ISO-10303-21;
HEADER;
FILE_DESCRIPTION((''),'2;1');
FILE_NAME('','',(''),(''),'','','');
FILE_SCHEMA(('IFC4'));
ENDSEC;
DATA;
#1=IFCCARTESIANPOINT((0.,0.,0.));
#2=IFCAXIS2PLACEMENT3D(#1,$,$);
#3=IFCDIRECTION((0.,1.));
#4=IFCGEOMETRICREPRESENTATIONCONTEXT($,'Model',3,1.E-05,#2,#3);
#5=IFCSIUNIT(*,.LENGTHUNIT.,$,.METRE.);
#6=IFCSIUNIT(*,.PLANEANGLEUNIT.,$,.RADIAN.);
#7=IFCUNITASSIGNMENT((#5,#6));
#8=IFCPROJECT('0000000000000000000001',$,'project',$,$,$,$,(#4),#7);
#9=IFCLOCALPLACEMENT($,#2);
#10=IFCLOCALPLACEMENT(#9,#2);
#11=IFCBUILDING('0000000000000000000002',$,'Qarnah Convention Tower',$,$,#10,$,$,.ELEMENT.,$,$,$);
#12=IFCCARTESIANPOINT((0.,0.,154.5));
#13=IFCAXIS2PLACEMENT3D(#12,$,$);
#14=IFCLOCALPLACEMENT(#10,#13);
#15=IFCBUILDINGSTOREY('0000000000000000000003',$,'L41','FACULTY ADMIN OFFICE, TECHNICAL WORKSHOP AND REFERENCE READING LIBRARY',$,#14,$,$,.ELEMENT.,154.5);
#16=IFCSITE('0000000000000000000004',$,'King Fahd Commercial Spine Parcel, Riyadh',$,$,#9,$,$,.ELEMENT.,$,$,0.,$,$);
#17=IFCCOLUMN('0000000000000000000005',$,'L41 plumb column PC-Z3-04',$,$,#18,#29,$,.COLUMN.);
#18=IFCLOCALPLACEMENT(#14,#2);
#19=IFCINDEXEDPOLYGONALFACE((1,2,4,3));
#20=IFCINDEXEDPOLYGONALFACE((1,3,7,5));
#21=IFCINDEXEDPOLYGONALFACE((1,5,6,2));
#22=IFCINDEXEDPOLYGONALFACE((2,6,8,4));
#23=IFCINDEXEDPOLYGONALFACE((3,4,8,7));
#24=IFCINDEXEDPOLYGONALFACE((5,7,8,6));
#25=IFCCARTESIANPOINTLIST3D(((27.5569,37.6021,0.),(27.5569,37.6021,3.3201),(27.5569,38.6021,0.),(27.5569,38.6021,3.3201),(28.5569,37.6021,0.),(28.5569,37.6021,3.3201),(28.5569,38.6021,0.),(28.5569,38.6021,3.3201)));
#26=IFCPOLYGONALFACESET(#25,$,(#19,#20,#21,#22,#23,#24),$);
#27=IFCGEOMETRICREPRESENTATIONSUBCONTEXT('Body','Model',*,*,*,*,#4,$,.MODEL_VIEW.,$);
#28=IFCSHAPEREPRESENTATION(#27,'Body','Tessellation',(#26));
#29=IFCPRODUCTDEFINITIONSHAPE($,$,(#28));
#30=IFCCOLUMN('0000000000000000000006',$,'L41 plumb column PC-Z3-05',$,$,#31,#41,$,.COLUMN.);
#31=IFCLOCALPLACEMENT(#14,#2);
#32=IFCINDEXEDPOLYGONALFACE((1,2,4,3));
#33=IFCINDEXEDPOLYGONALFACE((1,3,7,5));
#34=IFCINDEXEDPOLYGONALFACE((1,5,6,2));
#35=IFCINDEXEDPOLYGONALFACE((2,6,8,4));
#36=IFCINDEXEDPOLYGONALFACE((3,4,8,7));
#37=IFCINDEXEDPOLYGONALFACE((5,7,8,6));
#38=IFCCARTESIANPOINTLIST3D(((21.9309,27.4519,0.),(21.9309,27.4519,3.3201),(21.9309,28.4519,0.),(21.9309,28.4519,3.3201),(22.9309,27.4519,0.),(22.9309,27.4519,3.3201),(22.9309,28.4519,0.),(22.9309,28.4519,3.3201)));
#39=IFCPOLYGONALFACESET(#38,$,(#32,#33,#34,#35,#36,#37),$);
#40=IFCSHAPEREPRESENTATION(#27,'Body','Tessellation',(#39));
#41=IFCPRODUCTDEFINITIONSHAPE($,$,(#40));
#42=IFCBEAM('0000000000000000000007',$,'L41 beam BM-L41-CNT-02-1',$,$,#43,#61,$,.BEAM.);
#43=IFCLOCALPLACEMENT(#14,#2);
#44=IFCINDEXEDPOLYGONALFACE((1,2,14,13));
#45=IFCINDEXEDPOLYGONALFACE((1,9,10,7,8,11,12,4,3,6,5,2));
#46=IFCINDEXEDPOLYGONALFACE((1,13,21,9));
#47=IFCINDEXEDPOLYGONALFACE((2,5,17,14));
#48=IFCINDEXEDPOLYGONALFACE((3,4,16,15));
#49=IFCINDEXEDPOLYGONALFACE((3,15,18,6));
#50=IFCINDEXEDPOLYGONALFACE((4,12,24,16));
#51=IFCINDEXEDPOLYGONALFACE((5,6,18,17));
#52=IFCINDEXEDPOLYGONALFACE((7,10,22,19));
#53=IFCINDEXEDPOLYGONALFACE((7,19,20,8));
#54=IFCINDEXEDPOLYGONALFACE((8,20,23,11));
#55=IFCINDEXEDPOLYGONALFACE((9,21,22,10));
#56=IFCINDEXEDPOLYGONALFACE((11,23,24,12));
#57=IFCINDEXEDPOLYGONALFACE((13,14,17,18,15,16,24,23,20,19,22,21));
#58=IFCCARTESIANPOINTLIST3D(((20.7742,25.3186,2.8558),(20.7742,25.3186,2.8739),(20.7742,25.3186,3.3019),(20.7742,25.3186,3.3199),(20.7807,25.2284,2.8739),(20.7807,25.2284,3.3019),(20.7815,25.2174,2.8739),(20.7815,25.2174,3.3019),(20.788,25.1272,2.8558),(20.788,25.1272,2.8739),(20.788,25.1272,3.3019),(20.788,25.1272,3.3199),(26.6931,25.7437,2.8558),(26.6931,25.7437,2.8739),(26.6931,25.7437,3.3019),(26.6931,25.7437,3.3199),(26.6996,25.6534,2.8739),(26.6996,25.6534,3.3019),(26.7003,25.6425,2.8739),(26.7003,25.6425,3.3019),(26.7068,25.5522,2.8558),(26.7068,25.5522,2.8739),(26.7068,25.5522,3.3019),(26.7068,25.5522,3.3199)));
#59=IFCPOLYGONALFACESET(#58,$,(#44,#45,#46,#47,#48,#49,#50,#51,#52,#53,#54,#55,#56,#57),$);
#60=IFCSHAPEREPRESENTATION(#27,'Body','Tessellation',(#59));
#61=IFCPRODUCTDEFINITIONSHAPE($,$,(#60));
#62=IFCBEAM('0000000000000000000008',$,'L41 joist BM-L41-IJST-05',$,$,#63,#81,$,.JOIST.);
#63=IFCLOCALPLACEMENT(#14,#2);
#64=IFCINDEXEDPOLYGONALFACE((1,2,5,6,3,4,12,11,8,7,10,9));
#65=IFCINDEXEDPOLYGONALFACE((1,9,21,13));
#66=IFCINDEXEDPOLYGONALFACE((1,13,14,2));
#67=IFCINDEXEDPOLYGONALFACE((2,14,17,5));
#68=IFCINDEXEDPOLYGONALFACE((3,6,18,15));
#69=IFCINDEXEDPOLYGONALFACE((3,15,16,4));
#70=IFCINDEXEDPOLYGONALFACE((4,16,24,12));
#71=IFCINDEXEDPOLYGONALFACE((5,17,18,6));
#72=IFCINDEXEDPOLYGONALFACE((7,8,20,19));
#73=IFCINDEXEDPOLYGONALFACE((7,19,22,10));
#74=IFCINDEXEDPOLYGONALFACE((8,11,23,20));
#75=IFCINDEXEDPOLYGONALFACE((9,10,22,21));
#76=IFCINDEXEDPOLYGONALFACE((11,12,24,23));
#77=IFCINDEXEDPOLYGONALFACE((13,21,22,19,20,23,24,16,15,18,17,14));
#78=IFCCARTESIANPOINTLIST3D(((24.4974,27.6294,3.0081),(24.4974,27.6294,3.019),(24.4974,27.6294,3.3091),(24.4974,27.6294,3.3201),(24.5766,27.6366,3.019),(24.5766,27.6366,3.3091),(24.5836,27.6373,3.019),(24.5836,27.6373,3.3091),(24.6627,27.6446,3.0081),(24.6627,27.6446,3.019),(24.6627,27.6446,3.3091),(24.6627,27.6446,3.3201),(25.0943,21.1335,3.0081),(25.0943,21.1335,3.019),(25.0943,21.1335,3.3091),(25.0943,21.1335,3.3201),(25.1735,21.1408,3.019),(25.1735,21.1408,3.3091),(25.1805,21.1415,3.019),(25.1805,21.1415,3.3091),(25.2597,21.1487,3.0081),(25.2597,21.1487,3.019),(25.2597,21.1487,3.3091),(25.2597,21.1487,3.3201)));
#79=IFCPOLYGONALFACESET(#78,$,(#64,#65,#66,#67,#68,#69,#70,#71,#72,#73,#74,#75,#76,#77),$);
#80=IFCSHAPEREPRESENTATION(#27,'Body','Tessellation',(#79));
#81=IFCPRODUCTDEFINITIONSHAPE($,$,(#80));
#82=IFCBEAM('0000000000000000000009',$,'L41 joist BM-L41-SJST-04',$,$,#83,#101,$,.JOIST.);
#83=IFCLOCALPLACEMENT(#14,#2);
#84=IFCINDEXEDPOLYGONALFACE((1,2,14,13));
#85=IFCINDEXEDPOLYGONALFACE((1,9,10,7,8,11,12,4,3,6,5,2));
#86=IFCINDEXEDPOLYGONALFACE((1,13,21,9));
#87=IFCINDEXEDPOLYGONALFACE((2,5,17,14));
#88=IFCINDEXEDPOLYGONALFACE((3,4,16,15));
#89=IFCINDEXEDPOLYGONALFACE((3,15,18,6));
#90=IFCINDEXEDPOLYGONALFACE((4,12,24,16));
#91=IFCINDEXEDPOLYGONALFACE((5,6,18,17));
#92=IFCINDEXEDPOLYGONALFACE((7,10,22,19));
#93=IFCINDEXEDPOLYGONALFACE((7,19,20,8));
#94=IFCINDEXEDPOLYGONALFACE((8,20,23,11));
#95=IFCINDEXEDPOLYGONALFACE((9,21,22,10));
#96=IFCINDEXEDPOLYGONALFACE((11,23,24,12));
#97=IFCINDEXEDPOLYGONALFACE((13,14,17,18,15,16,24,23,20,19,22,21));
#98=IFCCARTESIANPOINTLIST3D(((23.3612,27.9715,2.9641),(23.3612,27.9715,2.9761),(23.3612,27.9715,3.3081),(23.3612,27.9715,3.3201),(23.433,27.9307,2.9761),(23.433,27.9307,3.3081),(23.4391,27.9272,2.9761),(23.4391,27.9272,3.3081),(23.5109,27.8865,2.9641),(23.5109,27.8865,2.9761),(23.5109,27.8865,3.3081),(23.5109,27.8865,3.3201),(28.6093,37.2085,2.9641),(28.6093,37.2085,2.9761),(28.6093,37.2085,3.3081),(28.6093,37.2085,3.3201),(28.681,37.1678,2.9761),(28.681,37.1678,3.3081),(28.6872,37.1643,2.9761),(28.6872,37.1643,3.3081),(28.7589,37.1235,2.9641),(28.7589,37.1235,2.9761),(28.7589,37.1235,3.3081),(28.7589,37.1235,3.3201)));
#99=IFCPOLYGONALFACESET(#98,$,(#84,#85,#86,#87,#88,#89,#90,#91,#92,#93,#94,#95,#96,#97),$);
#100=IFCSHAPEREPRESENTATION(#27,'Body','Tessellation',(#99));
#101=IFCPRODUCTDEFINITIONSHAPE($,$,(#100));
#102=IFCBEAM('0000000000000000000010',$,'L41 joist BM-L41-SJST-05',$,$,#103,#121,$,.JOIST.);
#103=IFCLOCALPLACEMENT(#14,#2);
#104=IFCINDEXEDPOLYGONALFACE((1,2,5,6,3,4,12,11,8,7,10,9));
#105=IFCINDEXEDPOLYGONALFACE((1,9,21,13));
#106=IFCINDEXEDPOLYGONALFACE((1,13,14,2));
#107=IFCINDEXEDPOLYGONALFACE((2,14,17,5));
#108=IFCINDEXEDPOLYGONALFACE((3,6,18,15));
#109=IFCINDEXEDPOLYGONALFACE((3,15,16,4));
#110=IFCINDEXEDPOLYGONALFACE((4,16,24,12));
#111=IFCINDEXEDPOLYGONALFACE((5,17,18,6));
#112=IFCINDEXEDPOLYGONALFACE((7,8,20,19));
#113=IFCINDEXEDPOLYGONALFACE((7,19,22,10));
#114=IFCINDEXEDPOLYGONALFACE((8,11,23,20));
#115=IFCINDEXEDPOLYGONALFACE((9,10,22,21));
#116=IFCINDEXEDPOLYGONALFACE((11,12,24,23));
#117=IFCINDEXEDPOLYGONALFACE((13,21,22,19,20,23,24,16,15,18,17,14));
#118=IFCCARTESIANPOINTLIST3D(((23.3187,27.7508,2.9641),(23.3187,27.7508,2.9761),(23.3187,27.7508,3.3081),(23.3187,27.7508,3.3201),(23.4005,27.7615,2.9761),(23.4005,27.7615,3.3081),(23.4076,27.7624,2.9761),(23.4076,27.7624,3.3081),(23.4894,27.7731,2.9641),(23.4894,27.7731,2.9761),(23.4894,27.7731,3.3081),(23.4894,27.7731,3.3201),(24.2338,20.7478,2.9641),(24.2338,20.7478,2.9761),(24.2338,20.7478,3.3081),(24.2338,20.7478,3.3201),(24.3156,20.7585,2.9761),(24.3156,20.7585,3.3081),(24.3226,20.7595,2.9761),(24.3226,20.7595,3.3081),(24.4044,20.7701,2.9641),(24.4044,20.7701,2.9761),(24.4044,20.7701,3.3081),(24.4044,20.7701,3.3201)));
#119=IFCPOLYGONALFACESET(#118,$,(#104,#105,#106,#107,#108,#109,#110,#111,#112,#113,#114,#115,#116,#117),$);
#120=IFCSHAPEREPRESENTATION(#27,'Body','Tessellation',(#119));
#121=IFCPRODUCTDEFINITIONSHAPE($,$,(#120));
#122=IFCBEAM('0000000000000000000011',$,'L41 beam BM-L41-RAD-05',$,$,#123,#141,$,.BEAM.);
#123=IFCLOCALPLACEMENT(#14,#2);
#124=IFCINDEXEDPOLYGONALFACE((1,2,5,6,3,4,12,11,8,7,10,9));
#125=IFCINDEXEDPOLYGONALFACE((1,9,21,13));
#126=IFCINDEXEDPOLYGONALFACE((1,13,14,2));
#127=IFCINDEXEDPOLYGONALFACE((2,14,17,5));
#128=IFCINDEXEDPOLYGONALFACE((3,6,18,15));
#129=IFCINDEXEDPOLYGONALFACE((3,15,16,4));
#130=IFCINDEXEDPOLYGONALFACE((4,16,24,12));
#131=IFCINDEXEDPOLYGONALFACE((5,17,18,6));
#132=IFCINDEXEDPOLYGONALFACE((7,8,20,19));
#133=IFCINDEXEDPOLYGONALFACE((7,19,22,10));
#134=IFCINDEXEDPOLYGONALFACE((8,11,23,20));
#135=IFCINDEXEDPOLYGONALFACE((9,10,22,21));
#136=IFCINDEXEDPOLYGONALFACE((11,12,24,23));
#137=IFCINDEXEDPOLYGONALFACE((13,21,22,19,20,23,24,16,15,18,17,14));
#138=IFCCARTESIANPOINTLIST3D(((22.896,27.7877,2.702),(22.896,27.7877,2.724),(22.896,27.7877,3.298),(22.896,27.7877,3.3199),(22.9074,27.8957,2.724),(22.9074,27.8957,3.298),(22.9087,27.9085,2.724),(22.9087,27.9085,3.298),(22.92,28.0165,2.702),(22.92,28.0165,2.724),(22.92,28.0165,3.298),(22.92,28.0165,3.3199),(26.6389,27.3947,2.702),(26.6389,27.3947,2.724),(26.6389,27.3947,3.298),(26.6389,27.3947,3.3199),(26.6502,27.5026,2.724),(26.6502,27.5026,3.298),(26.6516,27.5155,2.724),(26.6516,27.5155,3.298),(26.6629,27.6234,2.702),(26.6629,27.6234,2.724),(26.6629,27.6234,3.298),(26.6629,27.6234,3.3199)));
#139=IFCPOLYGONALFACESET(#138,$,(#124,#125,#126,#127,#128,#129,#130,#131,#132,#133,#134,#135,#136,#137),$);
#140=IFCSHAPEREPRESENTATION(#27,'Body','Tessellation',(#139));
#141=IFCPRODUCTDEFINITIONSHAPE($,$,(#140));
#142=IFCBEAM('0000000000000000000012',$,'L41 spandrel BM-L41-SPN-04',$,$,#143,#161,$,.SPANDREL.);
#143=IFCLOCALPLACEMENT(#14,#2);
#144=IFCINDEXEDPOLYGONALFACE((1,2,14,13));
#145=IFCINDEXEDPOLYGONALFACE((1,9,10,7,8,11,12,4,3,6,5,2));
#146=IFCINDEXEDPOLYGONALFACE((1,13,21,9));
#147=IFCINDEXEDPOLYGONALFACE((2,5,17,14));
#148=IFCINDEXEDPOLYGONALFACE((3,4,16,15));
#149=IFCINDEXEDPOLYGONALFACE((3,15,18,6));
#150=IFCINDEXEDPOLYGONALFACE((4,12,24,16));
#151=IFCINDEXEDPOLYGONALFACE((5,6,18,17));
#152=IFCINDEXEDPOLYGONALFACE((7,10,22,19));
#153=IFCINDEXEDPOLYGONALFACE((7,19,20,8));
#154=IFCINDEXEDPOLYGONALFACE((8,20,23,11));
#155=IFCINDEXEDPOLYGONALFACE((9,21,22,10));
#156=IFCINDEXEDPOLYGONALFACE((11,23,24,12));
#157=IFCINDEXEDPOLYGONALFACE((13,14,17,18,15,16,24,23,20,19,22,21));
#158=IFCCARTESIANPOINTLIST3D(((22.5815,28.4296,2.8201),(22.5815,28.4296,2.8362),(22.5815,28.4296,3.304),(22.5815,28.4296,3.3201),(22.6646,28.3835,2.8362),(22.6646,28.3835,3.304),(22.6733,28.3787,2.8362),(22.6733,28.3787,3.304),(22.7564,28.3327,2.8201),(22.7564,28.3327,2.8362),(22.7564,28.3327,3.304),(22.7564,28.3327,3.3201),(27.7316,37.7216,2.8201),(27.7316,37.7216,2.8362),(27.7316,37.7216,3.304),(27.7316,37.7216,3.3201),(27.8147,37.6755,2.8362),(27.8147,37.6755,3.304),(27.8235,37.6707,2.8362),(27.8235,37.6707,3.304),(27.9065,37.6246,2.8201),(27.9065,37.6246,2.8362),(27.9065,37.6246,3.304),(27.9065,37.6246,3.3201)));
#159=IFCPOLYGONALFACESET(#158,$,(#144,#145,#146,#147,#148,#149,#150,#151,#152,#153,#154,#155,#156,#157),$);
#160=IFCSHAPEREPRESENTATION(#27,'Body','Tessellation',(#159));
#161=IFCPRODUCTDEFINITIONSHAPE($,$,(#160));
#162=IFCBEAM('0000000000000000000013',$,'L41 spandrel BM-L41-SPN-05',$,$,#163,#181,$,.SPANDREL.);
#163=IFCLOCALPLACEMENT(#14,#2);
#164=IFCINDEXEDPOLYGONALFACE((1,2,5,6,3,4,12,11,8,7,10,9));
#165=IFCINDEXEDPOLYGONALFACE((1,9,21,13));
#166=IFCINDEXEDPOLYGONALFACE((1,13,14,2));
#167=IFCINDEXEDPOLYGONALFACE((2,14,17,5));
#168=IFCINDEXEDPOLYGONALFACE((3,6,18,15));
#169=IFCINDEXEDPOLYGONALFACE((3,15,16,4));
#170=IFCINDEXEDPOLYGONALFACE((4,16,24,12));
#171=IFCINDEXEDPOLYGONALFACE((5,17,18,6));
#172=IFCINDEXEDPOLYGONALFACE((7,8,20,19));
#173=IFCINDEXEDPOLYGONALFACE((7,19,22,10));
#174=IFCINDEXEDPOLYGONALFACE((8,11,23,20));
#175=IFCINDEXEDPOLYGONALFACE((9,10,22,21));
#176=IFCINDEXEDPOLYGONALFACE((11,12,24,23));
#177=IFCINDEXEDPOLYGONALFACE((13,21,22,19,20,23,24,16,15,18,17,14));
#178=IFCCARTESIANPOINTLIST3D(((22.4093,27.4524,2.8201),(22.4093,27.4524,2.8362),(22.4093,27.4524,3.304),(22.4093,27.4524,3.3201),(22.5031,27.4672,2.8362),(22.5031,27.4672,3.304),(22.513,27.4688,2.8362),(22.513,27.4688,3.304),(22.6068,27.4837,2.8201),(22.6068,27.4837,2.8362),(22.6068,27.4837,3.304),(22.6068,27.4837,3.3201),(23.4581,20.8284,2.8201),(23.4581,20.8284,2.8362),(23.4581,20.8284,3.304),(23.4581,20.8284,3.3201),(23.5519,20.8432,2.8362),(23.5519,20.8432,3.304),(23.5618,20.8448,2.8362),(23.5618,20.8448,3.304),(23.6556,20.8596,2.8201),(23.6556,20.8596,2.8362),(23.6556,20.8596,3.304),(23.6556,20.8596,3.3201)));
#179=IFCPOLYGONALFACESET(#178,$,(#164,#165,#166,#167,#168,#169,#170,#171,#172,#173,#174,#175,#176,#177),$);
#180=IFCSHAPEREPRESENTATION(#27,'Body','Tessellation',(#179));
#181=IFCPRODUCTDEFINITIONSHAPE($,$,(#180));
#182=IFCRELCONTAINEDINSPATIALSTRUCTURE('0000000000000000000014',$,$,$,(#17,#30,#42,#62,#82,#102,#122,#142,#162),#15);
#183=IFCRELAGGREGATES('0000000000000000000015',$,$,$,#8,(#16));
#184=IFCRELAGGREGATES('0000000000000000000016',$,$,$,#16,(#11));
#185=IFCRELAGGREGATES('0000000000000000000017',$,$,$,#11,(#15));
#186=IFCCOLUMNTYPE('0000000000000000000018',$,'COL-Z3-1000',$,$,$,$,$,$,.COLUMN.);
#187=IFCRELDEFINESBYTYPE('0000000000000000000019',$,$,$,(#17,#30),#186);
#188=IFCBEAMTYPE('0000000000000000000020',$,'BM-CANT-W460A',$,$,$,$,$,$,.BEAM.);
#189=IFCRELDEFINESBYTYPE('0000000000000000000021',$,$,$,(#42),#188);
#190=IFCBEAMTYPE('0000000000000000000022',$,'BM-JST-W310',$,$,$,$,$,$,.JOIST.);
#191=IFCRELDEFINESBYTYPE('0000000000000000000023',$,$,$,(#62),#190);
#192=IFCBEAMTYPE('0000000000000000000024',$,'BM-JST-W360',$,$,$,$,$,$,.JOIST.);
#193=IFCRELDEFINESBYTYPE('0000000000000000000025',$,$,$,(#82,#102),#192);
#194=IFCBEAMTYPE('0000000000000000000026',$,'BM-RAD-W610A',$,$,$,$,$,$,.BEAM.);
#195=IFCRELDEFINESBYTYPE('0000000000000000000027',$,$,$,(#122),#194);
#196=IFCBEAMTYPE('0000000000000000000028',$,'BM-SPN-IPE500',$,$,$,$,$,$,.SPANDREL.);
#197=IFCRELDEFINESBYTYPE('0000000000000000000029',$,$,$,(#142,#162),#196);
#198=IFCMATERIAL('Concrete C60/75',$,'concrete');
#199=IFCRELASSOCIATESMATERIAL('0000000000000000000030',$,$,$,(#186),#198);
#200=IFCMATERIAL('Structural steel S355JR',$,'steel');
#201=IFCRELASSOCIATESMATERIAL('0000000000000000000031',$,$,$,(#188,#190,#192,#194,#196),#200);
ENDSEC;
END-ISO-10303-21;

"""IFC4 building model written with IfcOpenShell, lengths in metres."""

from ifc_helpers import new_model, si_unit, direction, frame, origin, origin_2d, place, context, subcontext, project, spatial, rectangle, i_section, extrude, material, material_profile, profile_set, type_object, element, save


model = new_model("IFC4")

# Units and contexts
model_context = context("Model", 3, precision=1e-05, world=origin(), true_north=direction((0.0, 1.0)))
body_context = subcontext(model_context, "Body", "Model", "MODEL_VIEW")
ifc_project = project(units=[si_unit("LENGTHUNIT", "METRE"), si_unit("PLANEANGLEUNIT", "RADIAN")], contexts=[model_context])

# Site, building, storey
site_placement = place(None, origin())
site = spatial("IfcSite", under=ifc_project, at=site_placement, Name="King Fahd Commercial Spine Parcel, Riyadh", CompositionType="ELEMENT", RefElevation=0.0)
building_placement = place(site_placement, origin())
building = spatial("IfcBuilding", under=site, at=building_placement, Name="Qarnah Convention Tower", CompositionType="ELEMENT")
storey_placement = place(building_placement, frame((0.0, 0.0, 154.5)))
storey = spatial("IfcBuildingStorey", under=building, at=storey_placement, Name="L41", Description="FACULTY ADMIN OFFICE, TECHNICAL WORKSHOP AND REFERENCE READING LIBRARY", CompositionType="ELEMENT", Elevation=154.5)

# Columns
ifc_material_1 = material(Name="Concrete C60/75", Category="concrete")
ifc_material_profile_1 = material_profile(ifc_material_1, rectangle(XDim=1.0, YDim=1.0, at=origin_2d()), Name="RC-COL-1000X1000")
ifc_profile_set_1 = profile_set([ifc_material_profile_1], Name="Concrete C60/75")
column_type = type_object("IfcColumnType", Name="COL-Z3-1000", PredefinedType="COLUMN", material=ifc_profile_set_1)
for number, where, z_axis, x_axis, name in (
    (1, (28.0569, 38.1021, 0.0), (0.0, 0.0, 1.0), (1.0, 0.0, 0.0), "L41 plumb column PC-Z3-04"),
    (2, (22.4309, 27.9519, 0.0), (0.0, 0.0, 1.0), (1.0, 0.0, 0.0), "L41 plumb column PC-Z3-05"),
):
    element("IfcColumn", number, at=place(storey_placement, frame(where, z_axis=z_axis, x_axis=x_axis)), inside=storey, type_object=column_type, Name=name, PredefinedType="COLUMN", context=body_context, shape_type="SweptSolid", body=[
        extrude(rectangle(XDim=1.0, YDim=1.0, at=origin_2d()), origin(), (0.0, 0.0, 1.0), 3.3201),
    ])

# Beams
ifc_material_2 = material(Name="Structural steel S355JR", Category="steel")
ifc_material_profile_2 = material_profile(ifc_material_2, i_section(OverallWidth=0.1919, OverallDepth=0.4641, WebThickness=0.011, FlangeThickness=0.0181, at=origin_2d()), Name="W460X89")
ifc_profile_set_2 = profile_set([ifc_material_profile_2], Name="Structural steel S355JR")
beam_type_1 = type_object("IfcBeamType", Name="BM-CANT-W460A", PredefinedType="BEAM", material=ifc_profile_set_2)
beam_1_placement = place(storey_placement, frame((26.7, 25.6479, 3.0879), z_axis=(-0.997431, -0.071627, 0.0), x_axis=(0.071627, -0.997431, 0.0)))
element("IfcBeam", 3, at=beam_1_placement, inside=storey, type_object=beam_type_1, Name="L41 beam BM-L41-CNT-02-1", PredefinedType="BEAM", context=body_context, shape_type="SweptSolid", body=[
    extrude(i_section(OverallWidth=0.1919, OverallDepth=0.4641, WebThickness=0.011, FlangeThickness=0.0181, at=origin_2d()), origin(), (0.0, 0.0, 1.0), 5.9341),
])
ifc_material_profile_3 = material_profile(ifc_material_2, i_section(OverallWidth=0.166, OverallDepth=0.312, WebThickness=0.0071, FlangeThickness=0.011, at=origin_2d()), Name="W310X45")
ifc_profile_set_3 = profile_set([ifc_material_profile_3], Name="Structural steel S355JR")
beam_type_2 = type_object("IfcBeamType", Name="BM-JST-W310", PredefinedType="JOIST", material=ifc_profile_set_3)
beam_2_placement = place(storey_placement, frame((24.5801, 27.637, 3.1641), z_axis=(0.091508, -0.995804, 0.0), x_axis=(0.995804, 0.091508, 0.0)))
element("IfcBeam", 4, at=beam_2_placement, inside=storey, type_object=beam_type_2, Name="L41 joist BM-L41-IJST-05", PredefinedType="JOIST", context=body_context, shape_type="SweptSolid", body=[
    extrude(i_section(OverallWidth=0.166, OverallDepth=0.312, WebThickness=0.0071, FlangeThickness=0.011, at=origin_2d()), origin(), (0.0, 0.0, 1.0), 6.5232),
])
ifc_material_profile_4 = material_profile(ifc_material_2, i_section(OverallWidth=0.1721, OverallDepth=0.356, WebThickness=0.0071, FlangeThickness=0.012, at=origin_2d()), Name="W360X51")
ifc_profile_set_4 = profile_set([ifc_material_profile_4], Name="Structural steel S355JR")
beam_type_3 = type_object("IfcBeamType", Name="BM-JST-W360", PredefinedType="JOIST", material=ifc_profile_set_4)
beam_3_placement = place(storey_placement, frame((28.6841, 37.166, 3.1421), z_axis=(-0.493989, -0.869468, 0.0), x_axis=(0.869468, -0.493989, 0.0)))
element("IfcBeam", 5, at=beam_3_placement, inside=storey, type_object=beam_type_3, Name="L41 joist BM-L41-SJST-04", PredefinedType="JOIST", context=body_context, shape_type="SweptSolid", body=[
    extrude(i_section(OverallWidth=0.1721, OverallDepth=0.356, WebThickness=0.0071, FlangeThickness=0.012, at=origin_2d()), origin(), (0.0, 0.0, 1.0), 10.6238),
])
beam_4_placement = place(storey_placement, frame((23.4041, 27.762, 3.1421), z_axis=(0.129564, -0.991571, 0.0), x_axis=(0.991571, 0.129564, 0.0)))
element("IfcBeam", 6, at=beam_4_placement, inside=storey, type_object=beam_type_3, Name="L41 joist BM-L41-SJST-05", PredefinedType="JOIST", context=body_context, shape_type="SweptSolid", body=[
    extrude(i_section(OverallWidth=0.1721, OverallDepth=0.356, WebThickness=0.0071, FlangeThickness=0.012, at=origin_2d()), origin(), (0.0, 0.0, 1.0), 7.0625),
])
ifc_material_profile_5 = material_profile(ifc_material_2, i_section(OverallWidth=0.23, OverallDepth=0.6179, WebThickness=0.0129, FlangeThickness=0.022, at=origin_2d()), Name="W610X140")
ifc_profile_set_5 = profile_set([ifc_material_profile_5], Name="Structural steel S355JR")
beam_type_4 = type_object("IfcBeamType", Name="BM-RAD-W610A", PredefinedType="BEAM", material=ifc_profile_set_5)
beam_5_placement = place(storey_placement, frame((26.6509, 27.509, 3.011), z_axis=(-0.994531, 0.104442, 0.0), x_axis=(-0.104442, -0.994531, 0.0)))
element("IfcBeam", 7, at=beam_5_placement, inside=storey, type_object=beam_type_4, Name="L41 beam BM-L41-RAD-05", PredefinedType="BEAM", context=body_context, shape_type="SweptSolid", body=[
    extrude(i_section(OverallWidth=0.23, OverallDepth=0.6179, WebThickness=0.0129, FlangeThickness=0.022, at=origin_2d()), origin(), (0.0, 0.0, 1.0), 3.7634),
])
ifc_material_profile_6 = material_profile(ifc_material_2, i_section(OverallWidth=0.2, OverallDepth=0.5, WebThickness=0.01, FlangeThickness=0.0161, at=origin_2d()), Name="IPE500")
ifc_profile_set_6 = profile_set([ifc_material_profile_6], Name="Structural steel S355JR")
beam_type_5 = type_object("IfcBeamType", Name="BM-SPN-IPE500", PredefinedType="SPANDREL", material=ifc_profile_set_6)
beam_6_placement = place(storey_placement, frame((27.8191, 37.6731, 3.0701), z_axis=(-0.484774, -0.874639, 0.0), x_axis=(0.874639, -0.484774, 0.0)))
element("IfcBeam", 8, at=beam_6_placement, inside=storey, type_object=beam_type_5, Name="L41 spandrel BM-L41-SPN-04", PredefinedType="SPANDREL", context=body_context, shape_type="SweptSolid", body=[
    extrude(i_section(OverallWidth=0.2, OverallDepth=0.5, WebThickness=0.01, FlangeThickness=0.0161, at=origin_2d()), origin(), (0.0, 0.0, 1.0), 10.6238),
])
beam_7_placement = place(storey_placement, frame((22.5081, 27.468, 3.0701), z_axis=(0.156389, -0.987696, 0.0), x_axis=(0.987696, 0.156389, 0.0)))
element("IfcBeam", 9, at=beam_7_placement, inside=storey, type_object=beam_type_5, Name="L41 spandrel BM-L41-SPN-05", PredefinedType="SPANDREL", context=body_context, shape_type="SweptSolid", body=[
    extrude(i_section(OverallWidth=0.2, OverallDepth=0.5, WebThickness=0.01, FlangeThickness=0.0161, at=origin_2d()), origin(), (0.0, 0.0, 1.0), 6.7065),
])

save(model, "model.ifc")
